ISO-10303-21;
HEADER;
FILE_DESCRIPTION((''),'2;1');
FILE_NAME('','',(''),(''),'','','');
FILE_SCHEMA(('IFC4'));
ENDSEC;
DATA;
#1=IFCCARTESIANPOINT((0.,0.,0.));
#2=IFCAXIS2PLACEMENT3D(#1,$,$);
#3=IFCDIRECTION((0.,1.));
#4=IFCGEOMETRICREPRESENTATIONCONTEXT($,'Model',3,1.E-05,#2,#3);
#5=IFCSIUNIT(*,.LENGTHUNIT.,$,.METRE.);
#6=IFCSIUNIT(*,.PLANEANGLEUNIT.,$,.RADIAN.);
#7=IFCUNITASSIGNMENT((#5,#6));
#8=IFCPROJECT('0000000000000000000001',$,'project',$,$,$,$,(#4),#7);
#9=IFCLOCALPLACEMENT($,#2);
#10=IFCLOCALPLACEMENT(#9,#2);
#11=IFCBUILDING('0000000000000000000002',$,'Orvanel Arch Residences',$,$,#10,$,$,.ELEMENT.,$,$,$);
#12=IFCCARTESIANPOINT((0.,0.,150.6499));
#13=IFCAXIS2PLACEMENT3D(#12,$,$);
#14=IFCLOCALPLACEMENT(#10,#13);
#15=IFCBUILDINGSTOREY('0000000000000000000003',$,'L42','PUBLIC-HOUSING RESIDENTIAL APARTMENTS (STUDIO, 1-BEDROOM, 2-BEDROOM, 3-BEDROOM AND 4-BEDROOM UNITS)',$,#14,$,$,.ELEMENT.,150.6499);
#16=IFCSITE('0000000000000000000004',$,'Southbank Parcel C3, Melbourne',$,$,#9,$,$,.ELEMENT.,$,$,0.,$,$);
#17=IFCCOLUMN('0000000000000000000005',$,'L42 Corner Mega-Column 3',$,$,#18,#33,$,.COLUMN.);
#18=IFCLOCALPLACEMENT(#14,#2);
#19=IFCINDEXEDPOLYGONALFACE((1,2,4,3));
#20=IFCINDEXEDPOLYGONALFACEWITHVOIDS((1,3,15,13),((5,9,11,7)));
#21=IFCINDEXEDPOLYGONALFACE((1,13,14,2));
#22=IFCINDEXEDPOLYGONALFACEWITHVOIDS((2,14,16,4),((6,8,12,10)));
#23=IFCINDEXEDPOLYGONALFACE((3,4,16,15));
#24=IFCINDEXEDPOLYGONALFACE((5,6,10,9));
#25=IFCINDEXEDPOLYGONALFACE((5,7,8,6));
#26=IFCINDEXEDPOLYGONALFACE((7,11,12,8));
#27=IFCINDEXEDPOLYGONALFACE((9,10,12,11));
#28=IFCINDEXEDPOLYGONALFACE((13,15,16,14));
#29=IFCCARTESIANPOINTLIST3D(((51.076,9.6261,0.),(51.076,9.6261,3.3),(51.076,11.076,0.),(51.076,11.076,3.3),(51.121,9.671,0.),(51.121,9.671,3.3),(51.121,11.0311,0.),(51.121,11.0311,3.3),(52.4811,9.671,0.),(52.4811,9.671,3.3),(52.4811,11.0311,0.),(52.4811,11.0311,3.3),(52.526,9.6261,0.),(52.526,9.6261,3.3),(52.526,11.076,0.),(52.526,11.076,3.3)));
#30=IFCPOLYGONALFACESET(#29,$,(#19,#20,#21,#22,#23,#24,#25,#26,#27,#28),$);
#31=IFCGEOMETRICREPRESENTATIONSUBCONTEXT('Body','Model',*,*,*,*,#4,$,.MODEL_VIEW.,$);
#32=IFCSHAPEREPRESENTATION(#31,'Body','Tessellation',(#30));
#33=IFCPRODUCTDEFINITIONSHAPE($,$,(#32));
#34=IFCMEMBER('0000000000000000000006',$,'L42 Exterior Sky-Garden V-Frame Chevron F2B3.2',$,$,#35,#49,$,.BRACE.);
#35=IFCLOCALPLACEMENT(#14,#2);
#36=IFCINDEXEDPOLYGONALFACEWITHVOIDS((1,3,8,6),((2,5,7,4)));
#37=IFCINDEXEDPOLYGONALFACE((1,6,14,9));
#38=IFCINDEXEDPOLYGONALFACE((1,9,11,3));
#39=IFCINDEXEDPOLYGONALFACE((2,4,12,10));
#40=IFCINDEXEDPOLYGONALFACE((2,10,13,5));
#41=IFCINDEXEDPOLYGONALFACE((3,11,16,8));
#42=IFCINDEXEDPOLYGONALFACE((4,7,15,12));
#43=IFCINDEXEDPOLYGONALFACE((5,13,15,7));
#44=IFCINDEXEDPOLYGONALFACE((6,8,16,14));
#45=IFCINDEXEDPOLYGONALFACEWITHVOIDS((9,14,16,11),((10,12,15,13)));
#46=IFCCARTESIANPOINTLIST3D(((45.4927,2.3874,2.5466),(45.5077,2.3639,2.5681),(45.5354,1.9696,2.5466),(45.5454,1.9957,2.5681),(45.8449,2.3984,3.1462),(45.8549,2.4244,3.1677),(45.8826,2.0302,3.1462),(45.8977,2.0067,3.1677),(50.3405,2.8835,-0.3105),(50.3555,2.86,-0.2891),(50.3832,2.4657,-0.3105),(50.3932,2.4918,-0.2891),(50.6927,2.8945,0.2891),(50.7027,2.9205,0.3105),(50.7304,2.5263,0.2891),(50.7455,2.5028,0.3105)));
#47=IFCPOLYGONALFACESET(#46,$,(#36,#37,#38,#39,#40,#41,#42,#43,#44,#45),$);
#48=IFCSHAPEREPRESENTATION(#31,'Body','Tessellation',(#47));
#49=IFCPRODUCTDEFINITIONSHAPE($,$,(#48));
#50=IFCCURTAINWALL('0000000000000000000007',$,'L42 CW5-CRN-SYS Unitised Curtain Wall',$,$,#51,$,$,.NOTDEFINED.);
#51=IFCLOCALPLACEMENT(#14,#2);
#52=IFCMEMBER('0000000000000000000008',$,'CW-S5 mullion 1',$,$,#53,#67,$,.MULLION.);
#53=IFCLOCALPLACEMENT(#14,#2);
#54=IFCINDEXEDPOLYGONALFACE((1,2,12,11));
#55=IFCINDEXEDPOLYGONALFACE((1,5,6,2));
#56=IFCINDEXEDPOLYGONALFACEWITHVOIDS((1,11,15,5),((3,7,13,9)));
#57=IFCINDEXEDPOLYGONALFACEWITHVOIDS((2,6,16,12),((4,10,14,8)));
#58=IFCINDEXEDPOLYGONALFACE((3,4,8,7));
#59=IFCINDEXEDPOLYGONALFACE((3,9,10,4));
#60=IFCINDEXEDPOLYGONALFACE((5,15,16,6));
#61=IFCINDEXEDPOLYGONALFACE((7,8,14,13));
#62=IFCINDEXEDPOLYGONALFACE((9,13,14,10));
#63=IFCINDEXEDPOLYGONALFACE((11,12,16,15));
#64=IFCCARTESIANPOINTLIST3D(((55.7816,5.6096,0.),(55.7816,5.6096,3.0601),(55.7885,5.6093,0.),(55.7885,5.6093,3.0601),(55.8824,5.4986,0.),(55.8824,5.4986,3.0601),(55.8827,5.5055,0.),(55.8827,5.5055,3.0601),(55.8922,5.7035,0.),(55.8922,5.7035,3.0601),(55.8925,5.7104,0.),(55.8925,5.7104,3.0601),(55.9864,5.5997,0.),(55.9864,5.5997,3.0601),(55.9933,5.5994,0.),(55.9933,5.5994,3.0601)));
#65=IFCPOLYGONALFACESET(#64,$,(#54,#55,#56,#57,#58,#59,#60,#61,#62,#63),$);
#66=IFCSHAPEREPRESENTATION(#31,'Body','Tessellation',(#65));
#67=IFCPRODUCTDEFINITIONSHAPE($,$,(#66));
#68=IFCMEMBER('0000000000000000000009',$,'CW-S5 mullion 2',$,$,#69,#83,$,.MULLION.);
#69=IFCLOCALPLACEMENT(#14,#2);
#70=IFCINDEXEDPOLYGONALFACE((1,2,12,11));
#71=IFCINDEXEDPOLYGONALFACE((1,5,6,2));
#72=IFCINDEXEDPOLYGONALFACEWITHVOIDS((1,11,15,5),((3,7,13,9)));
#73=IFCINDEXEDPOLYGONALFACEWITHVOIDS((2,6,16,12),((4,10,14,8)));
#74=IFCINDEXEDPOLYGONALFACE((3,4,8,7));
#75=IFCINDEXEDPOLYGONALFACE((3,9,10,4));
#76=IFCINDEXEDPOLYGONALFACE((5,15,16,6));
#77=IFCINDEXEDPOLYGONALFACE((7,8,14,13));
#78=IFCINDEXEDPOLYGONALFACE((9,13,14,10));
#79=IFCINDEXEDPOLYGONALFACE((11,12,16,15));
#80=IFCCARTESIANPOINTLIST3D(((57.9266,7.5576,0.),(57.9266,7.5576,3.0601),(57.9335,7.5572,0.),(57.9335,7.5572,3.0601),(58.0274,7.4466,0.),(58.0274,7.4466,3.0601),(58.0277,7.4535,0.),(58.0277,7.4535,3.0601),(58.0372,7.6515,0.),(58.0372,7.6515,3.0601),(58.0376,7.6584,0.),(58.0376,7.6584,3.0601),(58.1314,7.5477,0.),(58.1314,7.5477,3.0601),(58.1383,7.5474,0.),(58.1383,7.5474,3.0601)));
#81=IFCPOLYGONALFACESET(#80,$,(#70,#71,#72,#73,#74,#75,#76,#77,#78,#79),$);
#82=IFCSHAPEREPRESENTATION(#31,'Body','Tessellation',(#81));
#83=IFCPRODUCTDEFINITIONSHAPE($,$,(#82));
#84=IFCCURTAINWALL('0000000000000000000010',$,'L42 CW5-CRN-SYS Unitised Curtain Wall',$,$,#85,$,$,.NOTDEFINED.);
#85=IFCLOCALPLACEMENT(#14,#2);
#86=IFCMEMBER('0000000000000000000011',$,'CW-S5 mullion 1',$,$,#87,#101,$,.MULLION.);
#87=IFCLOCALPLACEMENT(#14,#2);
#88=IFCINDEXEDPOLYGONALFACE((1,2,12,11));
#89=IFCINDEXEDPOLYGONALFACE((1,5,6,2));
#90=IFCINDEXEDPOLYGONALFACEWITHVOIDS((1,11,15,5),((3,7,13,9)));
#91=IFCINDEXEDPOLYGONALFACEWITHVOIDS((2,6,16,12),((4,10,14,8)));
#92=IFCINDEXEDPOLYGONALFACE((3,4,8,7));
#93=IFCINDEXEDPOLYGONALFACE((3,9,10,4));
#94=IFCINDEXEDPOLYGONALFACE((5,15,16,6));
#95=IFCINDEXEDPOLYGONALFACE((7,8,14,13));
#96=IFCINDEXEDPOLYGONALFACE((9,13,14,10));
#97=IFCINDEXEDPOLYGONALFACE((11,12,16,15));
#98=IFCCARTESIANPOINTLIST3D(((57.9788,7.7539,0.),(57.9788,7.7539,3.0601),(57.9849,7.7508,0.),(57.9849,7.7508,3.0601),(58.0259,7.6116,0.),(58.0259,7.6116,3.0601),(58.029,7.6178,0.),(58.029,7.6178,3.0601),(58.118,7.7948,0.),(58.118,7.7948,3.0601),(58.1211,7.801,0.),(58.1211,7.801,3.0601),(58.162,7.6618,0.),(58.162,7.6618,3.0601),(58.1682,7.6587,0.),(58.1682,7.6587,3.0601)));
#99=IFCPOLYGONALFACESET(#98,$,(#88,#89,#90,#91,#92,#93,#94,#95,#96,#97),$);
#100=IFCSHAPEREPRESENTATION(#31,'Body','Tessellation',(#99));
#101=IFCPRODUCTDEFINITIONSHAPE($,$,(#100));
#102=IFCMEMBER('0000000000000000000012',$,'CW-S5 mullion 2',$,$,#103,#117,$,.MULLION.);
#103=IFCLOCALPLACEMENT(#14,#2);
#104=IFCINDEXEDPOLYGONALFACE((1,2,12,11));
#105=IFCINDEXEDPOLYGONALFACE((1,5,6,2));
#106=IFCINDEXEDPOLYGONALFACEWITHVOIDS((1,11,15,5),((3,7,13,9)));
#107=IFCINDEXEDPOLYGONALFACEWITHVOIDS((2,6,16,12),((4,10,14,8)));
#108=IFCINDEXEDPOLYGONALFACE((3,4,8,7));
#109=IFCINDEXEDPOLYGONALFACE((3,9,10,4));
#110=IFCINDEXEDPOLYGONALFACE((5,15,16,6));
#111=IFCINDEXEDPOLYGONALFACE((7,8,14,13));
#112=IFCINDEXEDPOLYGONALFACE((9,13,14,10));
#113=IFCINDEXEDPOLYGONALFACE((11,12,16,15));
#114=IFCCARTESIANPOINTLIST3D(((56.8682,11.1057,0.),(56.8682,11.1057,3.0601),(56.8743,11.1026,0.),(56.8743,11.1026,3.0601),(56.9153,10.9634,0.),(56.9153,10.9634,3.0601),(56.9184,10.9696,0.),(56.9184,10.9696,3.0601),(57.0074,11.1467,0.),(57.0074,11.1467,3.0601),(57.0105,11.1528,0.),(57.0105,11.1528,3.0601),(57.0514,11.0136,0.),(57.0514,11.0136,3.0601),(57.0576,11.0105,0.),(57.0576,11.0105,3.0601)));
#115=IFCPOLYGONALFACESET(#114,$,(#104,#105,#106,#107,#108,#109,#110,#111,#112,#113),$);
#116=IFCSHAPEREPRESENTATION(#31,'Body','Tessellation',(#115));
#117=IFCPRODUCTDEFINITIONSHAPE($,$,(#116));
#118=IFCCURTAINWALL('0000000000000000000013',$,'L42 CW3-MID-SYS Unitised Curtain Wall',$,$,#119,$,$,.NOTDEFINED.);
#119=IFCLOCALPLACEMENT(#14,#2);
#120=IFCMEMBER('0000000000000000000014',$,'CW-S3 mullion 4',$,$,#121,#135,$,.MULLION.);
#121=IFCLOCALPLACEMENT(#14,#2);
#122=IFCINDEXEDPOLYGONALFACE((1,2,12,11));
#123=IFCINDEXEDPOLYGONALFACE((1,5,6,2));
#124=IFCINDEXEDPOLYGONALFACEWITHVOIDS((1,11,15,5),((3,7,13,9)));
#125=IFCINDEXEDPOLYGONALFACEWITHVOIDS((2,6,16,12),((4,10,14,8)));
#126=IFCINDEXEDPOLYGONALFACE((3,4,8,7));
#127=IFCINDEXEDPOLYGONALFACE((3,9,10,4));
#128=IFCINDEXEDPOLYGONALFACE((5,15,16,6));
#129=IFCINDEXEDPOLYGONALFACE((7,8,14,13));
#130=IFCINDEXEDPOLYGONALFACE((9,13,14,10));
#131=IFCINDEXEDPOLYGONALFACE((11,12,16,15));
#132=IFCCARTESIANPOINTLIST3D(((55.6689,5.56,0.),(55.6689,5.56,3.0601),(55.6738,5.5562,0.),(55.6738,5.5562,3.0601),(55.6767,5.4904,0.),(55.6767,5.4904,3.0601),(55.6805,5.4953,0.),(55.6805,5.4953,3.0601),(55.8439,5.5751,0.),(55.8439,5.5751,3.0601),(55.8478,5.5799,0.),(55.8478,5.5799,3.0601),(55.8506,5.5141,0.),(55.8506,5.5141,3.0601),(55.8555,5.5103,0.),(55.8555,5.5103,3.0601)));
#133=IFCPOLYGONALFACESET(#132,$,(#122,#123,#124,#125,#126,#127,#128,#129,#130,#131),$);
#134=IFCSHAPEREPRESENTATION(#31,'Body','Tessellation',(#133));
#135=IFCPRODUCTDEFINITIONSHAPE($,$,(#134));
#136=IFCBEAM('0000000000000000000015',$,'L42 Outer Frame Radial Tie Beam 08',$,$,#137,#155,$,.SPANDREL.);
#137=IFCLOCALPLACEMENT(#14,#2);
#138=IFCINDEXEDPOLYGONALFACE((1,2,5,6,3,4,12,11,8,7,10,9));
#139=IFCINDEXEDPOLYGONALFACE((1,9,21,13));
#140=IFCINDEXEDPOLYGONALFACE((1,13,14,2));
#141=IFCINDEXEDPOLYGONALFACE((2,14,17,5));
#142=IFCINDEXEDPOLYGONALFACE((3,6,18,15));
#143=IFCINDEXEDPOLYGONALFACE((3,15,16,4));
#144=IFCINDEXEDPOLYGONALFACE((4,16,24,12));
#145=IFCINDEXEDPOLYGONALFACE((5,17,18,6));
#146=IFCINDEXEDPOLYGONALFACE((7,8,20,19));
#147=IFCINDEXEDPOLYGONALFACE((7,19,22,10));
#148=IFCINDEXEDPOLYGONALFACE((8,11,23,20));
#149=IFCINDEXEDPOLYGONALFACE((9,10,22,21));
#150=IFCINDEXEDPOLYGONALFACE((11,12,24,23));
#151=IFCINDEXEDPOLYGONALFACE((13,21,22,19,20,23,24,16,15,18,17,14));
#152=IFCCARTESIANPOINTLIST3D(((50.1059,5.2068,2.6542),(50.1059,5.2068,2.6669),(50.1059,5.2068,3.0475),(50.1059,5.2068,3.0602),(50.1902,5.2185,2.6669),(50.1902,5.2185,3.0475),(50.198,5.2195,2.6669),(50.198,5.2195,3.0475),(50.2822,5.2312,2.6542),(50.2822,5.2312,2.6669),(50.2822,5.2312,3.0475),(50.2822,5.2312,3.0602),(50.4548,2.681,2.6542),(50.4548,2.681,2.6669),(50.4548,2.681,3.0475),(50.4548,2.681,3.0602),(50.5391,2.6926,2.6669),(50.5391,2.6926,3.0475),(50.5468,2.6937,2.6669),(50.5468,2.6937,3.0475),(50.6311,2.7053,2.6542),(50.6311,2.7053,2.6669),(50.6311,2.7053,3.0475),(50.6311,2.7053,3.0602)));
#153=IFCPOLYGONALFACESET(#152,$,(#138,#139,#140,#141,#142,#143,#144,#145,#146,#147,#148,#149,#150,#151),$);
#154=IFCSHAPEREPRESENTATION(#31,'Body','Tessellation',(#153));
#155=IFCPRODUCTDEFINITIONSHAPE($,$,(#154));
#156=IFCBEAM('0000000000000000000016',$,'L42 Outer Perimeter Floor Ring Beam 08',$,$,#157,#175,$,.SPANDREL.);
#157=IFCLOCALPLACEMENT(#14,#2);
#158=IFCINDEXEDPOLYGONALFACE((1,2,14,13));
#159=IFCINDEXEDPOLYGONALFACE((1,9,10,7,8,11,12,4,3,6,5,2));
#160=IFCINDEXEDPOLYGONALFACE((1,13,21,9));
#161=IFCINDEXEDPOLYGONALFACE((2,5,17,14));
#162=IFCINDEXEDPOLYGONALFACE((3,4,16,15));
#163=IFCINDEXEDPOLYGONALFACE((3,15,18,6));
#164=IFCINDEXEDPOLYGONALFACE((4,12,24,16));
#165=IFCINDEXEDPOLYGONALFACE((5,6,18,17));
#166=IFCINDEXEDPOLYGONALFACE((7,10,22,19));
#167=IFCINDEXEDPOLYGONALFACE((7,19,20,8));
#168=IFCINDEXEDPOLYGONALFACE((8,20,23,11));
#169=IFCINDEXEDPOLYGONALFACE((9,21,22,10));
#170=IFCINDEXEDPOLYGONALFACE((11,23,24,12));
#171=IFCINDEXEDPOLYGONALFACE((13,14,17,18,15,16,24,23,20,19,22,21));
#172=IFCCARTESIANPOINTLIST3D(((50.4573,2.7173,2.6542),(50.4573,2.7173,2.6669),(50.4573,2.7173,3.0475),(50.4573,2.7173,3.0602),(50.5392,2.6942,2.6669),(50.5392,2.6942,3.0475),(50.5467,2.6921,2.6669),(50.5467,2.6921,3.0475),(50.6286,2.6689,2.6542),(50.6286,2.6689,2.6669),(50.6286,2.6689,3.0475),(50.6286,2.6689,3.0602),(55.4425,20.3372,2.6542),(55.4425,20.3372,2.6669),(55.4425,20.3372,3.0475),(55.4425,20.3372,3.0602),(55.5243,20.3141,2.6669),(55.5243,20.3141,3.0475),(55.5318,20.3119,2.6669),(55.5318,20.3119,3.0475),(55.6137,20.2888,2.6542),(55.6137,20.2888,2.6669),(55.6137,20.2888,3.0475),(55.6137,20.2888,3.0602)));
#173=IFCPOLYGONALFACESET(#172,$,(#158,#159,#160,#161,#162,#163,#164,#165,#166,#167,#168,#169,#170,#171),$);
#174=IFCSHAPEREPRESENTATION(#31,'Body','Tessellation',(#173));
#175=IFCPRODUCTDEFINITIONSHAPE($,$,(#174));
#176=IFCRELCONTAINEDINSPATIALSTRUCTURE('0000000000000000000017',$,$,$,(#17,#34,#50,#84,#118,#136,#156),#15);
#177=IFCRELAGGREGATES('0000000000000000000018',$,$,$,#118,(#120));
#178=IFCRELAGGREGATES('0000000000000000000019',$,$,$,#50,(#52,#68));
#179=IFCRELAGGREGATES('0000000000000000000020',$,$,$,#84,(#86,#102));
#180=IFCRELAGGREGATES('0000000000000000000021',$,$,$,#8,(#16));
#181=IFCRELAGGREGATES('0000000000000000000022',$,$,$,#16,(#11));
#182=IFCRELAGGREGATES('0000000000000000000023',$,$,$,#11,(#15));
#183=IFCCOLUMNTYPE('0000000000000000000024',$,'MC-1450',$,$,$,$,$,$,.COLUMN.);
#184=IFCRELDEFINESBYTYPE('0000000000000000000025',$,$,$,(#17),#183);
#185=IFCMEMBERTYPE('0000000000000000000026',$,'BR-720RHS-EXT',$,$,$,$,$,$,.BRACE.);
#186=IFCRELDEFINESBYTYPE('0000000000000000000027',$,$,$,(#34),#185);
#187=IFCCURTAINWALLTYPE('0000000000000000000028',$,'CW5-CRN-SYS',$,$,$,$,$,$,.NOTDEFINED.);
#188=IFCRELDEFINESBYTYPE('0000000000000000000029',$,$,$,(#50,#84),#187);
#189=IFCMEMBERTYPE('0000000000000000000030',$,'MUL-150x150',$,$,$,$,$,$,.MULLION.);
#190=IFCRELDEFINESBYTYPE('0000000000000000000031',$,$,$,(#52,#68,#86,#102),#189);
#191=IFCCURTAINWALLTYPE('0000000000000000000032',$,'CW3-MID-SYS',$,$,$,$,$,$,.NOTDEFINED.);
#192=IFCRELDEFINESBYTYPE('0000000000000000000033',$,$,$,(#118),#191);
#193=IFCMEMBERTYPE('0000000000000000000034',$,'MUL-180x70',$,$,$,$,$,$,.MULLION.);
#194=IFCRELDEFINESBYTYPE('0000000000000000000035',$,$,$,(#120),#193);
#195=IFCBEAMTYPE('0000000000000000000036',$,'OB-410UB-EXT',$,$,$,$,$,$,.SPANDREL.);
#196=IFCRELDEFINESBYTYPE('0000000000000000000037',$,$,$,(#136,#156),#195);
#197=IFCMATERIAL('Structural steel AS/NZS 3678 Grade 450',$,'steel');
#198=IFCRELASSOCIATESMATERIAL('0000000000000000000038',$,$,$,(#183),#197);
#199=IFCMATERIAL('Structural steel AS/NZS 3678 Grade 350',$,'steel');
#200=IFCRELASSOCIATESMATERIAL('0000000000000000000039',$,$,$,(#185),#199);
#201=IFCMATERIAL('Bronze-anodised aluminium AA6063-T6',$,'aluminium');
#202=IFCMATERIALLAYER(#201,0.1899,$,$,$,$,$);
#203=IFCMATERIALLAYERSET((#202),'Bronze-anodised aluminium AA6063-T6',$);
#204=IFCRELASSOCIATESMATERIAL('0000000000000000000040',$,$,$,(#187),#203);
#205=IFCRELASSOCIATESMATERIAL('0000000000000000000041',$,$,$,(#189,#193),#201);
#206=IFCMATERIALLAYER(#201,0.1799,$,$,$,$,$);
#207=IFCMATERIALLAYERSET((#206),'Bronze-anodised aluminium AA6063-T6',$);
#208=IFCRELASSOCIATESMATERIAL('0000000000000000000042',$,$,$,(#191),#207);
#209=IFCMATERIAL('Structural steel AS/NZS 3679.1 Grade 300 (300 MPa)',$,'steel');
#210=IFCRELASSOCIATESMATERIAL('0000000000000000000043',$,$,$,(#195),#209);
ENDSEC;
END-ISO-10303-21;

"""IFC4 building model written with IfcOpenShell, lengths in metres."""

from ifc_helpers import new_model, si_unit, direction, frame, origin, origin_2d, place, context, subcontext, project, spatial, hollow_rectangle, i_section, extrude, material, layer, layer_set, material_profile, profile_set, type_object, element, aggregate, save


model = new_model("IFC4")

# Units and contexts
model_context = context("Model", 3, precision=1e-05, world=origin(), true_north=direction((0.0, 1.0)))
body_context = subcontext(model_context, "Body", "Model", "MODEL_VIEW")
ifc_project = project(units=[si_unit("LENGTHUNIT", "METRE"), si_unit("PLANEANGLEUNIT", "RADIAN")], contexts=[model_context])

# Site, building, storey
site_placement = place(None, origin())
site = spatial("IfcSite", under=ifc_project, at=site_placement, Name="Southbank Parcel C3, Melbourne", CompositionType="ELEMENT", RefElevation=0.0)
building_placement = place(site_placement, origin())
building = spatial("IfcBuilding", under=site, at=building_placement, Name="Orvanel Arch Residences", CompositionType="ELEMENT")
storey_placement = place(building_placement, frame((0.0, 0.0, 150.6499)))
storey = spatial("IfcBuildingStorey", under=building, at=storey_placement, Name="L42", Description="PUBLIC-HOUSING RESIDENTIAL APARTMENTS (STUDIO, 1-BEDROOM, 2-BEDROOM, 3-BEDROOM AND 4-BEDROOM UNITS)", CompositionType="ELEMENT", Elevation=150.6499)

# Column
ifc_material_1 = material(Name="Structural steel AS/NZS 3678 Grade 450", Category="steel")
ifc_material_profile_1 = material_profile(ifc_material_1, hollow_rectangle(XDim=1.45, YDim=1.45, WallThickness=0.0449, at=origin_2d()), Name="BOX1450x1450x45")
ifc_profile_set_1 = profile_set([ifc_material_profile_1], Name="Structural steel AS/NZS 3678 Grade 450")
column_type = type_object("IfcColumnType", Name="MC-1450", PredefinedType="COLUMN", material=ifc_profile_set_1)
column_placement = place(storey_placement, frame((51.801, 10.3511, 0.0), z_axis=(0.0, 0.0, 1.0), x_axis=(1.0, 0.0, 0.0)))
element("IfcColumn", 1, at=column_placement, inside=storey, type_object=column_type, Name="L42 Corner Mega-Column 3", PredefinedType="COLUMN", context=body_context, shape_type="SweptSolid", body=[
    extrude(hollow_rectangle(XDim=1.45, YDim=1.45, WallThickness=0.0449, at=origin_2d()), origin(), (0.0, 0.0, 1.0), 3.3),
])

# Member
ifc_material_2 = material(Name="Structural steel AS/NZS 3678 Grade 350", Category="steel")
ifc_material_profile_2 = material_profile(ifc_material_2, hollow_rectangle(XDim=0.4199, YDim=0.72, WallThickness=0.0249, at=origin_2d()), Name="RHS720x420x25")
ifc_profile_set_2 = profile_set([ifc_material_profile_2], Name="Structural steel AS/NZS 3678 Grade 350")
member_type_1 = type_object("IfcMemberType", Name="BR-720RHS-EXT", PredefinedType="BRACE", material=ifc_profile_set_2)
member_1_placement = place(storey_placement, frame((50.543, 2.6931, 0.0), z_axis=(-0.85818, -0.087819, 0.505781), x_axis=(0.1018, -0.994805, 0.0)))
element("IfcMember", 2, at=member_1_placement, inside=storey, type_object=member_type_1, Name="L42 Exterior Sky-Garden V-Frame Chevron F2B3.2", PredefinedType="BRACE", context=body_context, shape_type="SweptSolid", body=[
    extrude(hollow_rectangle(XDim=0.4199, YDim=0.72, WallThickness=0.0249, at=origin_2d()), origin(), (0.0, 0.0, 1.0), 5.6489),
])

# Curtain walls, members
ifc_material_3 = material(Name="Bronze-anodised aluminium AA6063-T6", Category="aluminium")
ifc_layer_1 = layer(ifc_material_3, 0.1899)
ifc_layer_set_1 = layer_set([ifc_layer_1], Name="Bronze-anodised aluminium AA6063-T6")
curtain_wall_type_1 = type_object("IfcCurtainWallType", Name="CW5-CRN-SYS", PredefinedType="NOTDEFINED", material=ifc_layer_set_1)
curtain_wall_1_placement = place(storey_placement, origin())
curtain_wall_1 = element("IfcCurtainWall", 3, at=curtain_wall_1_placement, inside=storey, type_object=curtain_wall_type_1, Name="L42 CW5-CRN-SYS Unitised Curtain Wall", PredefinedType="NOTDEFINED")
ifc_material_profile_3 = material_profile(ifc_material_3, hollow_rectangle(XDim=0.1499, YDim=0.1499, WallThickness=0.0049, at=origin_2d()), Name="ALU150x150x5")
ifc_profile_set_3 = profile_set([ifc_material_profile_3], Name="Bronze-anodised aluminium AA6063-T6")
member_type_2 = type_object("IfcMemberType", Name="MUL-150x150", PredefinedType="MULLION", material=ifc_profile_set_3)
member_2_placement = place(storey_placement, frame((55.8875, 5.6045, 0.0), z_axis=(0.0, 0.0, 1.0), x_axis=(-0.67233, 0.740252, 0.0)))
member_2 = element("IfcMember", 4, at=member_2_placement, type_object=member_type_2, Name="CW-S5 mullion 1", PredefinedType="MULLION", context=body_context, shape_type="SweptSolid", body=[
    extrude(hollow_rectangle(XDim=0.1499, YDim=0.1499, WallThickness=0.0049, at=origin_2d()), origin(), (0.0, 0.0, 1.0), 3.0601),
])
member_3_placement = place(storey_placement, frame((58.0325, 7.5525, 0.0), z_axis=(0.0, 0.0, 1.0), x_axis=(-0.67233, 0.740252, 0.0)))
member_3 = element("IfcMember", 5, at=member_3_placement, type_object=member_type_2, Name="CW-S5 mullion 2", PredefinedType="MULLION", context=body_context, shape_type="SweptSolid", body=[
    extrude(hollow_rectangle(XDim=0.1499, YDim=0.1499, WallThickness=0.0049, at=origin_2d()), origin(), (0.0, 0.0, 1.0), 3.0601),
])
curtain_wall_2_placement = place(storey_placement, origin())
curtain_wall_2 = element("IfcCurtainWall", 6, at=curtain_wall_2_placement, inside=storey, type_object=curtain_wall_type_1, Name="L42 CW5-CRN-SYS Unitised Curtain Wall", PredefinedType="NOTDEFINED")
member_4_placement = place(storey_placement, frame((58.0735, 7.7063, 0.0), z_axis=(0.0, 0.0, 1.0), x_axis=(-0.949264, -0.31448, 0.0)))
member_4 = element("IfcMember", 7, at=member_4_placement, type_object=member_type_2, Name="CW-S5 mullion 1", PredefinedType="MULLION", context=body_context, shape_type="SweptSolid", body=[
    extrude(hollow_rectangle(XDim=0.1499, YDim=0.1499, WallThickness=0.0049, at=origin_2d()), origin(), (0.0, 0.0, 1.0), 3.0601),
])
member_5_placement = place(storey_placement, frame((56.9629, 11.0581, 0.0), z_axis=(0.0, 0.0, 1.0), x_axis=(-0.949264, -0.31448, 0.0)))
member_5 = element("IfcMember", 8, at=member_5_placement, type_object=member_type_2, Name="CW-S5 mullion 2", PredefinedType="MULLION", context=body_context, shape_type="SweptSolid", body=[
    extrude(hollow_rectangle(XDim=0.1499, YDim=0.1499, WallThickness=0.0049, at=origin_2d()), origin(), (0.0, 0.0, 1.0), 3.0601),
])

# Curtain wall, member
ifc_layer_2 = layer(ifc_material_3, 0.1799)
ifc_layer_set_2 = layer_set([ifc_layer_2], Name="Bronze-anodised aluminium AA6063-T6")
curtain_wall_type_2 = type_object("IfcCurtainWallType", Name="CW3-MID-SYS", PredefinedType="NOTDEFINED", material=ifc_layer_set_2)
curtain_wall_3_placement = place(storey_placement, origin())
curtain_wall_3 = element("IfcCurtainWall", 9, at=curtain_wall_3_placement, inside=storey, type_object=curtain_wall_type_2, Name="L42 CW3-MID-SYS Unitised Curtain Wall", PredefinedType="NOTDEFINED")
ifc_material_profile_4 = material_profile(ifc_material_3, hollow_rectangle(XDim=0.0701, YDim=0.1799, WallThickness=0.0044, at=origin_2d()), Name="ALU180x70x4.5")
ifc_profile_set_4 = profile_set([ifc_material_profile_4], Name="Bronze-anodised aluminium AA6063-T6")
member_type_3 = type_object("IfcMemberType", Name="MUL-180x70", PredefinedType="MULLION", material=ifc_profile_set_4)
member_6_placement = place(storey_placement, frame((55.7622, 5.5352, 0.0), z_axis=(0.0, 0.0, 1.0), x_axis=(-0.110374, 0.99389, 0.0)))
member_6 = element("IfcMember", 10, at=member_6_placement, type_object=member_type_3, Name="CW-S3 mullion 4", PredefinedType="MULLION", context=body_context, shape_type="SweptSolid", body=[
    extrude(hollow_rectangle(XDim=0.0701, YDim=0.1799, WallThickness=0.0044, at=origin_2d()), origin(), (0.0, 0.0, 1.0), 3.0601),
])

# Beams
ifc_material_4 = material(Name="Structural steel AS/NZS 3679.1 Grade 300 (300 MPa)", Category="steel")
ifc_material_profile_5 = material_profile(ifc_material_4, i_section(OverallWidth=0.178, OverallDepth=0.406, WebThickness=0.0078, FlangeThickness=0.0127, at=origin_2d()), Name="410UB59.7")
ifc_profile_set_5 = profile_set([ifc_material_profile_5], Name="Structural steel AS/NZS 3679.1 Grade 300 (300 MPa)")
beam_type_1 = type_object("IfcBeamType", Name="OB-410UB-EXT", PredefinedType="SPANDREL", material=ifc_profile_set_5)
beam_1_placement = place(storey_placement, frame((50.1941, 5.219, 2.8572), z_axis=(0.136822, -0.990596, 0.0), x_axis=(0.990596, 0.136822, 0.0)))
element("IfcBeam", 11, at=beam_1_placement, inside=storey, type_object=beam_type_1, Name="L42 Outer Frame Radial Tie Beam 08", PredefinedType="SPANDREL", context=body_context, shape_type="SweptSolid", body=[
    extrude(i_section(OverallWidth=0.178, OverallDepth=0.406, WebThickness=0.0078, FlangeThickness=0.0127, at=origin_2d()), origin(), (0.0, 0.0, 1.0), 2.5498),
])
beam_2_placement = place(storey_placement, frame((50.543, 2.6931, 2.8572), z_axis=(0.272239, 0.96223, 0.0), x_axis=(-0.96223, 0.272239, 0.0)))
element("IfcBeam", 12, at=beam_2_placement, inside=storey, type_object=beam_type_1, Name="L42 Outer Perimeter Floor Ring Beam 08", PredefinedType="SPANDREL", context=body_context, shape_type="SweptSolid", body=[
    extrude(i_section(OverallWidth=0.178, OverallDepth=0.406, WebThickness=0.0078, FlangeThickness=0.0127, at=origin_2d()), origin(), (0.0, 0.0, 1.0), 18.3115),
])

aggregate(curtain_wall_3, [member_6])
aggregate(curtain_wall_1, [member_2, member_3])
aggregate(curtain_wall_2, [member_4, member_5])

save(model, "model.ifc")
